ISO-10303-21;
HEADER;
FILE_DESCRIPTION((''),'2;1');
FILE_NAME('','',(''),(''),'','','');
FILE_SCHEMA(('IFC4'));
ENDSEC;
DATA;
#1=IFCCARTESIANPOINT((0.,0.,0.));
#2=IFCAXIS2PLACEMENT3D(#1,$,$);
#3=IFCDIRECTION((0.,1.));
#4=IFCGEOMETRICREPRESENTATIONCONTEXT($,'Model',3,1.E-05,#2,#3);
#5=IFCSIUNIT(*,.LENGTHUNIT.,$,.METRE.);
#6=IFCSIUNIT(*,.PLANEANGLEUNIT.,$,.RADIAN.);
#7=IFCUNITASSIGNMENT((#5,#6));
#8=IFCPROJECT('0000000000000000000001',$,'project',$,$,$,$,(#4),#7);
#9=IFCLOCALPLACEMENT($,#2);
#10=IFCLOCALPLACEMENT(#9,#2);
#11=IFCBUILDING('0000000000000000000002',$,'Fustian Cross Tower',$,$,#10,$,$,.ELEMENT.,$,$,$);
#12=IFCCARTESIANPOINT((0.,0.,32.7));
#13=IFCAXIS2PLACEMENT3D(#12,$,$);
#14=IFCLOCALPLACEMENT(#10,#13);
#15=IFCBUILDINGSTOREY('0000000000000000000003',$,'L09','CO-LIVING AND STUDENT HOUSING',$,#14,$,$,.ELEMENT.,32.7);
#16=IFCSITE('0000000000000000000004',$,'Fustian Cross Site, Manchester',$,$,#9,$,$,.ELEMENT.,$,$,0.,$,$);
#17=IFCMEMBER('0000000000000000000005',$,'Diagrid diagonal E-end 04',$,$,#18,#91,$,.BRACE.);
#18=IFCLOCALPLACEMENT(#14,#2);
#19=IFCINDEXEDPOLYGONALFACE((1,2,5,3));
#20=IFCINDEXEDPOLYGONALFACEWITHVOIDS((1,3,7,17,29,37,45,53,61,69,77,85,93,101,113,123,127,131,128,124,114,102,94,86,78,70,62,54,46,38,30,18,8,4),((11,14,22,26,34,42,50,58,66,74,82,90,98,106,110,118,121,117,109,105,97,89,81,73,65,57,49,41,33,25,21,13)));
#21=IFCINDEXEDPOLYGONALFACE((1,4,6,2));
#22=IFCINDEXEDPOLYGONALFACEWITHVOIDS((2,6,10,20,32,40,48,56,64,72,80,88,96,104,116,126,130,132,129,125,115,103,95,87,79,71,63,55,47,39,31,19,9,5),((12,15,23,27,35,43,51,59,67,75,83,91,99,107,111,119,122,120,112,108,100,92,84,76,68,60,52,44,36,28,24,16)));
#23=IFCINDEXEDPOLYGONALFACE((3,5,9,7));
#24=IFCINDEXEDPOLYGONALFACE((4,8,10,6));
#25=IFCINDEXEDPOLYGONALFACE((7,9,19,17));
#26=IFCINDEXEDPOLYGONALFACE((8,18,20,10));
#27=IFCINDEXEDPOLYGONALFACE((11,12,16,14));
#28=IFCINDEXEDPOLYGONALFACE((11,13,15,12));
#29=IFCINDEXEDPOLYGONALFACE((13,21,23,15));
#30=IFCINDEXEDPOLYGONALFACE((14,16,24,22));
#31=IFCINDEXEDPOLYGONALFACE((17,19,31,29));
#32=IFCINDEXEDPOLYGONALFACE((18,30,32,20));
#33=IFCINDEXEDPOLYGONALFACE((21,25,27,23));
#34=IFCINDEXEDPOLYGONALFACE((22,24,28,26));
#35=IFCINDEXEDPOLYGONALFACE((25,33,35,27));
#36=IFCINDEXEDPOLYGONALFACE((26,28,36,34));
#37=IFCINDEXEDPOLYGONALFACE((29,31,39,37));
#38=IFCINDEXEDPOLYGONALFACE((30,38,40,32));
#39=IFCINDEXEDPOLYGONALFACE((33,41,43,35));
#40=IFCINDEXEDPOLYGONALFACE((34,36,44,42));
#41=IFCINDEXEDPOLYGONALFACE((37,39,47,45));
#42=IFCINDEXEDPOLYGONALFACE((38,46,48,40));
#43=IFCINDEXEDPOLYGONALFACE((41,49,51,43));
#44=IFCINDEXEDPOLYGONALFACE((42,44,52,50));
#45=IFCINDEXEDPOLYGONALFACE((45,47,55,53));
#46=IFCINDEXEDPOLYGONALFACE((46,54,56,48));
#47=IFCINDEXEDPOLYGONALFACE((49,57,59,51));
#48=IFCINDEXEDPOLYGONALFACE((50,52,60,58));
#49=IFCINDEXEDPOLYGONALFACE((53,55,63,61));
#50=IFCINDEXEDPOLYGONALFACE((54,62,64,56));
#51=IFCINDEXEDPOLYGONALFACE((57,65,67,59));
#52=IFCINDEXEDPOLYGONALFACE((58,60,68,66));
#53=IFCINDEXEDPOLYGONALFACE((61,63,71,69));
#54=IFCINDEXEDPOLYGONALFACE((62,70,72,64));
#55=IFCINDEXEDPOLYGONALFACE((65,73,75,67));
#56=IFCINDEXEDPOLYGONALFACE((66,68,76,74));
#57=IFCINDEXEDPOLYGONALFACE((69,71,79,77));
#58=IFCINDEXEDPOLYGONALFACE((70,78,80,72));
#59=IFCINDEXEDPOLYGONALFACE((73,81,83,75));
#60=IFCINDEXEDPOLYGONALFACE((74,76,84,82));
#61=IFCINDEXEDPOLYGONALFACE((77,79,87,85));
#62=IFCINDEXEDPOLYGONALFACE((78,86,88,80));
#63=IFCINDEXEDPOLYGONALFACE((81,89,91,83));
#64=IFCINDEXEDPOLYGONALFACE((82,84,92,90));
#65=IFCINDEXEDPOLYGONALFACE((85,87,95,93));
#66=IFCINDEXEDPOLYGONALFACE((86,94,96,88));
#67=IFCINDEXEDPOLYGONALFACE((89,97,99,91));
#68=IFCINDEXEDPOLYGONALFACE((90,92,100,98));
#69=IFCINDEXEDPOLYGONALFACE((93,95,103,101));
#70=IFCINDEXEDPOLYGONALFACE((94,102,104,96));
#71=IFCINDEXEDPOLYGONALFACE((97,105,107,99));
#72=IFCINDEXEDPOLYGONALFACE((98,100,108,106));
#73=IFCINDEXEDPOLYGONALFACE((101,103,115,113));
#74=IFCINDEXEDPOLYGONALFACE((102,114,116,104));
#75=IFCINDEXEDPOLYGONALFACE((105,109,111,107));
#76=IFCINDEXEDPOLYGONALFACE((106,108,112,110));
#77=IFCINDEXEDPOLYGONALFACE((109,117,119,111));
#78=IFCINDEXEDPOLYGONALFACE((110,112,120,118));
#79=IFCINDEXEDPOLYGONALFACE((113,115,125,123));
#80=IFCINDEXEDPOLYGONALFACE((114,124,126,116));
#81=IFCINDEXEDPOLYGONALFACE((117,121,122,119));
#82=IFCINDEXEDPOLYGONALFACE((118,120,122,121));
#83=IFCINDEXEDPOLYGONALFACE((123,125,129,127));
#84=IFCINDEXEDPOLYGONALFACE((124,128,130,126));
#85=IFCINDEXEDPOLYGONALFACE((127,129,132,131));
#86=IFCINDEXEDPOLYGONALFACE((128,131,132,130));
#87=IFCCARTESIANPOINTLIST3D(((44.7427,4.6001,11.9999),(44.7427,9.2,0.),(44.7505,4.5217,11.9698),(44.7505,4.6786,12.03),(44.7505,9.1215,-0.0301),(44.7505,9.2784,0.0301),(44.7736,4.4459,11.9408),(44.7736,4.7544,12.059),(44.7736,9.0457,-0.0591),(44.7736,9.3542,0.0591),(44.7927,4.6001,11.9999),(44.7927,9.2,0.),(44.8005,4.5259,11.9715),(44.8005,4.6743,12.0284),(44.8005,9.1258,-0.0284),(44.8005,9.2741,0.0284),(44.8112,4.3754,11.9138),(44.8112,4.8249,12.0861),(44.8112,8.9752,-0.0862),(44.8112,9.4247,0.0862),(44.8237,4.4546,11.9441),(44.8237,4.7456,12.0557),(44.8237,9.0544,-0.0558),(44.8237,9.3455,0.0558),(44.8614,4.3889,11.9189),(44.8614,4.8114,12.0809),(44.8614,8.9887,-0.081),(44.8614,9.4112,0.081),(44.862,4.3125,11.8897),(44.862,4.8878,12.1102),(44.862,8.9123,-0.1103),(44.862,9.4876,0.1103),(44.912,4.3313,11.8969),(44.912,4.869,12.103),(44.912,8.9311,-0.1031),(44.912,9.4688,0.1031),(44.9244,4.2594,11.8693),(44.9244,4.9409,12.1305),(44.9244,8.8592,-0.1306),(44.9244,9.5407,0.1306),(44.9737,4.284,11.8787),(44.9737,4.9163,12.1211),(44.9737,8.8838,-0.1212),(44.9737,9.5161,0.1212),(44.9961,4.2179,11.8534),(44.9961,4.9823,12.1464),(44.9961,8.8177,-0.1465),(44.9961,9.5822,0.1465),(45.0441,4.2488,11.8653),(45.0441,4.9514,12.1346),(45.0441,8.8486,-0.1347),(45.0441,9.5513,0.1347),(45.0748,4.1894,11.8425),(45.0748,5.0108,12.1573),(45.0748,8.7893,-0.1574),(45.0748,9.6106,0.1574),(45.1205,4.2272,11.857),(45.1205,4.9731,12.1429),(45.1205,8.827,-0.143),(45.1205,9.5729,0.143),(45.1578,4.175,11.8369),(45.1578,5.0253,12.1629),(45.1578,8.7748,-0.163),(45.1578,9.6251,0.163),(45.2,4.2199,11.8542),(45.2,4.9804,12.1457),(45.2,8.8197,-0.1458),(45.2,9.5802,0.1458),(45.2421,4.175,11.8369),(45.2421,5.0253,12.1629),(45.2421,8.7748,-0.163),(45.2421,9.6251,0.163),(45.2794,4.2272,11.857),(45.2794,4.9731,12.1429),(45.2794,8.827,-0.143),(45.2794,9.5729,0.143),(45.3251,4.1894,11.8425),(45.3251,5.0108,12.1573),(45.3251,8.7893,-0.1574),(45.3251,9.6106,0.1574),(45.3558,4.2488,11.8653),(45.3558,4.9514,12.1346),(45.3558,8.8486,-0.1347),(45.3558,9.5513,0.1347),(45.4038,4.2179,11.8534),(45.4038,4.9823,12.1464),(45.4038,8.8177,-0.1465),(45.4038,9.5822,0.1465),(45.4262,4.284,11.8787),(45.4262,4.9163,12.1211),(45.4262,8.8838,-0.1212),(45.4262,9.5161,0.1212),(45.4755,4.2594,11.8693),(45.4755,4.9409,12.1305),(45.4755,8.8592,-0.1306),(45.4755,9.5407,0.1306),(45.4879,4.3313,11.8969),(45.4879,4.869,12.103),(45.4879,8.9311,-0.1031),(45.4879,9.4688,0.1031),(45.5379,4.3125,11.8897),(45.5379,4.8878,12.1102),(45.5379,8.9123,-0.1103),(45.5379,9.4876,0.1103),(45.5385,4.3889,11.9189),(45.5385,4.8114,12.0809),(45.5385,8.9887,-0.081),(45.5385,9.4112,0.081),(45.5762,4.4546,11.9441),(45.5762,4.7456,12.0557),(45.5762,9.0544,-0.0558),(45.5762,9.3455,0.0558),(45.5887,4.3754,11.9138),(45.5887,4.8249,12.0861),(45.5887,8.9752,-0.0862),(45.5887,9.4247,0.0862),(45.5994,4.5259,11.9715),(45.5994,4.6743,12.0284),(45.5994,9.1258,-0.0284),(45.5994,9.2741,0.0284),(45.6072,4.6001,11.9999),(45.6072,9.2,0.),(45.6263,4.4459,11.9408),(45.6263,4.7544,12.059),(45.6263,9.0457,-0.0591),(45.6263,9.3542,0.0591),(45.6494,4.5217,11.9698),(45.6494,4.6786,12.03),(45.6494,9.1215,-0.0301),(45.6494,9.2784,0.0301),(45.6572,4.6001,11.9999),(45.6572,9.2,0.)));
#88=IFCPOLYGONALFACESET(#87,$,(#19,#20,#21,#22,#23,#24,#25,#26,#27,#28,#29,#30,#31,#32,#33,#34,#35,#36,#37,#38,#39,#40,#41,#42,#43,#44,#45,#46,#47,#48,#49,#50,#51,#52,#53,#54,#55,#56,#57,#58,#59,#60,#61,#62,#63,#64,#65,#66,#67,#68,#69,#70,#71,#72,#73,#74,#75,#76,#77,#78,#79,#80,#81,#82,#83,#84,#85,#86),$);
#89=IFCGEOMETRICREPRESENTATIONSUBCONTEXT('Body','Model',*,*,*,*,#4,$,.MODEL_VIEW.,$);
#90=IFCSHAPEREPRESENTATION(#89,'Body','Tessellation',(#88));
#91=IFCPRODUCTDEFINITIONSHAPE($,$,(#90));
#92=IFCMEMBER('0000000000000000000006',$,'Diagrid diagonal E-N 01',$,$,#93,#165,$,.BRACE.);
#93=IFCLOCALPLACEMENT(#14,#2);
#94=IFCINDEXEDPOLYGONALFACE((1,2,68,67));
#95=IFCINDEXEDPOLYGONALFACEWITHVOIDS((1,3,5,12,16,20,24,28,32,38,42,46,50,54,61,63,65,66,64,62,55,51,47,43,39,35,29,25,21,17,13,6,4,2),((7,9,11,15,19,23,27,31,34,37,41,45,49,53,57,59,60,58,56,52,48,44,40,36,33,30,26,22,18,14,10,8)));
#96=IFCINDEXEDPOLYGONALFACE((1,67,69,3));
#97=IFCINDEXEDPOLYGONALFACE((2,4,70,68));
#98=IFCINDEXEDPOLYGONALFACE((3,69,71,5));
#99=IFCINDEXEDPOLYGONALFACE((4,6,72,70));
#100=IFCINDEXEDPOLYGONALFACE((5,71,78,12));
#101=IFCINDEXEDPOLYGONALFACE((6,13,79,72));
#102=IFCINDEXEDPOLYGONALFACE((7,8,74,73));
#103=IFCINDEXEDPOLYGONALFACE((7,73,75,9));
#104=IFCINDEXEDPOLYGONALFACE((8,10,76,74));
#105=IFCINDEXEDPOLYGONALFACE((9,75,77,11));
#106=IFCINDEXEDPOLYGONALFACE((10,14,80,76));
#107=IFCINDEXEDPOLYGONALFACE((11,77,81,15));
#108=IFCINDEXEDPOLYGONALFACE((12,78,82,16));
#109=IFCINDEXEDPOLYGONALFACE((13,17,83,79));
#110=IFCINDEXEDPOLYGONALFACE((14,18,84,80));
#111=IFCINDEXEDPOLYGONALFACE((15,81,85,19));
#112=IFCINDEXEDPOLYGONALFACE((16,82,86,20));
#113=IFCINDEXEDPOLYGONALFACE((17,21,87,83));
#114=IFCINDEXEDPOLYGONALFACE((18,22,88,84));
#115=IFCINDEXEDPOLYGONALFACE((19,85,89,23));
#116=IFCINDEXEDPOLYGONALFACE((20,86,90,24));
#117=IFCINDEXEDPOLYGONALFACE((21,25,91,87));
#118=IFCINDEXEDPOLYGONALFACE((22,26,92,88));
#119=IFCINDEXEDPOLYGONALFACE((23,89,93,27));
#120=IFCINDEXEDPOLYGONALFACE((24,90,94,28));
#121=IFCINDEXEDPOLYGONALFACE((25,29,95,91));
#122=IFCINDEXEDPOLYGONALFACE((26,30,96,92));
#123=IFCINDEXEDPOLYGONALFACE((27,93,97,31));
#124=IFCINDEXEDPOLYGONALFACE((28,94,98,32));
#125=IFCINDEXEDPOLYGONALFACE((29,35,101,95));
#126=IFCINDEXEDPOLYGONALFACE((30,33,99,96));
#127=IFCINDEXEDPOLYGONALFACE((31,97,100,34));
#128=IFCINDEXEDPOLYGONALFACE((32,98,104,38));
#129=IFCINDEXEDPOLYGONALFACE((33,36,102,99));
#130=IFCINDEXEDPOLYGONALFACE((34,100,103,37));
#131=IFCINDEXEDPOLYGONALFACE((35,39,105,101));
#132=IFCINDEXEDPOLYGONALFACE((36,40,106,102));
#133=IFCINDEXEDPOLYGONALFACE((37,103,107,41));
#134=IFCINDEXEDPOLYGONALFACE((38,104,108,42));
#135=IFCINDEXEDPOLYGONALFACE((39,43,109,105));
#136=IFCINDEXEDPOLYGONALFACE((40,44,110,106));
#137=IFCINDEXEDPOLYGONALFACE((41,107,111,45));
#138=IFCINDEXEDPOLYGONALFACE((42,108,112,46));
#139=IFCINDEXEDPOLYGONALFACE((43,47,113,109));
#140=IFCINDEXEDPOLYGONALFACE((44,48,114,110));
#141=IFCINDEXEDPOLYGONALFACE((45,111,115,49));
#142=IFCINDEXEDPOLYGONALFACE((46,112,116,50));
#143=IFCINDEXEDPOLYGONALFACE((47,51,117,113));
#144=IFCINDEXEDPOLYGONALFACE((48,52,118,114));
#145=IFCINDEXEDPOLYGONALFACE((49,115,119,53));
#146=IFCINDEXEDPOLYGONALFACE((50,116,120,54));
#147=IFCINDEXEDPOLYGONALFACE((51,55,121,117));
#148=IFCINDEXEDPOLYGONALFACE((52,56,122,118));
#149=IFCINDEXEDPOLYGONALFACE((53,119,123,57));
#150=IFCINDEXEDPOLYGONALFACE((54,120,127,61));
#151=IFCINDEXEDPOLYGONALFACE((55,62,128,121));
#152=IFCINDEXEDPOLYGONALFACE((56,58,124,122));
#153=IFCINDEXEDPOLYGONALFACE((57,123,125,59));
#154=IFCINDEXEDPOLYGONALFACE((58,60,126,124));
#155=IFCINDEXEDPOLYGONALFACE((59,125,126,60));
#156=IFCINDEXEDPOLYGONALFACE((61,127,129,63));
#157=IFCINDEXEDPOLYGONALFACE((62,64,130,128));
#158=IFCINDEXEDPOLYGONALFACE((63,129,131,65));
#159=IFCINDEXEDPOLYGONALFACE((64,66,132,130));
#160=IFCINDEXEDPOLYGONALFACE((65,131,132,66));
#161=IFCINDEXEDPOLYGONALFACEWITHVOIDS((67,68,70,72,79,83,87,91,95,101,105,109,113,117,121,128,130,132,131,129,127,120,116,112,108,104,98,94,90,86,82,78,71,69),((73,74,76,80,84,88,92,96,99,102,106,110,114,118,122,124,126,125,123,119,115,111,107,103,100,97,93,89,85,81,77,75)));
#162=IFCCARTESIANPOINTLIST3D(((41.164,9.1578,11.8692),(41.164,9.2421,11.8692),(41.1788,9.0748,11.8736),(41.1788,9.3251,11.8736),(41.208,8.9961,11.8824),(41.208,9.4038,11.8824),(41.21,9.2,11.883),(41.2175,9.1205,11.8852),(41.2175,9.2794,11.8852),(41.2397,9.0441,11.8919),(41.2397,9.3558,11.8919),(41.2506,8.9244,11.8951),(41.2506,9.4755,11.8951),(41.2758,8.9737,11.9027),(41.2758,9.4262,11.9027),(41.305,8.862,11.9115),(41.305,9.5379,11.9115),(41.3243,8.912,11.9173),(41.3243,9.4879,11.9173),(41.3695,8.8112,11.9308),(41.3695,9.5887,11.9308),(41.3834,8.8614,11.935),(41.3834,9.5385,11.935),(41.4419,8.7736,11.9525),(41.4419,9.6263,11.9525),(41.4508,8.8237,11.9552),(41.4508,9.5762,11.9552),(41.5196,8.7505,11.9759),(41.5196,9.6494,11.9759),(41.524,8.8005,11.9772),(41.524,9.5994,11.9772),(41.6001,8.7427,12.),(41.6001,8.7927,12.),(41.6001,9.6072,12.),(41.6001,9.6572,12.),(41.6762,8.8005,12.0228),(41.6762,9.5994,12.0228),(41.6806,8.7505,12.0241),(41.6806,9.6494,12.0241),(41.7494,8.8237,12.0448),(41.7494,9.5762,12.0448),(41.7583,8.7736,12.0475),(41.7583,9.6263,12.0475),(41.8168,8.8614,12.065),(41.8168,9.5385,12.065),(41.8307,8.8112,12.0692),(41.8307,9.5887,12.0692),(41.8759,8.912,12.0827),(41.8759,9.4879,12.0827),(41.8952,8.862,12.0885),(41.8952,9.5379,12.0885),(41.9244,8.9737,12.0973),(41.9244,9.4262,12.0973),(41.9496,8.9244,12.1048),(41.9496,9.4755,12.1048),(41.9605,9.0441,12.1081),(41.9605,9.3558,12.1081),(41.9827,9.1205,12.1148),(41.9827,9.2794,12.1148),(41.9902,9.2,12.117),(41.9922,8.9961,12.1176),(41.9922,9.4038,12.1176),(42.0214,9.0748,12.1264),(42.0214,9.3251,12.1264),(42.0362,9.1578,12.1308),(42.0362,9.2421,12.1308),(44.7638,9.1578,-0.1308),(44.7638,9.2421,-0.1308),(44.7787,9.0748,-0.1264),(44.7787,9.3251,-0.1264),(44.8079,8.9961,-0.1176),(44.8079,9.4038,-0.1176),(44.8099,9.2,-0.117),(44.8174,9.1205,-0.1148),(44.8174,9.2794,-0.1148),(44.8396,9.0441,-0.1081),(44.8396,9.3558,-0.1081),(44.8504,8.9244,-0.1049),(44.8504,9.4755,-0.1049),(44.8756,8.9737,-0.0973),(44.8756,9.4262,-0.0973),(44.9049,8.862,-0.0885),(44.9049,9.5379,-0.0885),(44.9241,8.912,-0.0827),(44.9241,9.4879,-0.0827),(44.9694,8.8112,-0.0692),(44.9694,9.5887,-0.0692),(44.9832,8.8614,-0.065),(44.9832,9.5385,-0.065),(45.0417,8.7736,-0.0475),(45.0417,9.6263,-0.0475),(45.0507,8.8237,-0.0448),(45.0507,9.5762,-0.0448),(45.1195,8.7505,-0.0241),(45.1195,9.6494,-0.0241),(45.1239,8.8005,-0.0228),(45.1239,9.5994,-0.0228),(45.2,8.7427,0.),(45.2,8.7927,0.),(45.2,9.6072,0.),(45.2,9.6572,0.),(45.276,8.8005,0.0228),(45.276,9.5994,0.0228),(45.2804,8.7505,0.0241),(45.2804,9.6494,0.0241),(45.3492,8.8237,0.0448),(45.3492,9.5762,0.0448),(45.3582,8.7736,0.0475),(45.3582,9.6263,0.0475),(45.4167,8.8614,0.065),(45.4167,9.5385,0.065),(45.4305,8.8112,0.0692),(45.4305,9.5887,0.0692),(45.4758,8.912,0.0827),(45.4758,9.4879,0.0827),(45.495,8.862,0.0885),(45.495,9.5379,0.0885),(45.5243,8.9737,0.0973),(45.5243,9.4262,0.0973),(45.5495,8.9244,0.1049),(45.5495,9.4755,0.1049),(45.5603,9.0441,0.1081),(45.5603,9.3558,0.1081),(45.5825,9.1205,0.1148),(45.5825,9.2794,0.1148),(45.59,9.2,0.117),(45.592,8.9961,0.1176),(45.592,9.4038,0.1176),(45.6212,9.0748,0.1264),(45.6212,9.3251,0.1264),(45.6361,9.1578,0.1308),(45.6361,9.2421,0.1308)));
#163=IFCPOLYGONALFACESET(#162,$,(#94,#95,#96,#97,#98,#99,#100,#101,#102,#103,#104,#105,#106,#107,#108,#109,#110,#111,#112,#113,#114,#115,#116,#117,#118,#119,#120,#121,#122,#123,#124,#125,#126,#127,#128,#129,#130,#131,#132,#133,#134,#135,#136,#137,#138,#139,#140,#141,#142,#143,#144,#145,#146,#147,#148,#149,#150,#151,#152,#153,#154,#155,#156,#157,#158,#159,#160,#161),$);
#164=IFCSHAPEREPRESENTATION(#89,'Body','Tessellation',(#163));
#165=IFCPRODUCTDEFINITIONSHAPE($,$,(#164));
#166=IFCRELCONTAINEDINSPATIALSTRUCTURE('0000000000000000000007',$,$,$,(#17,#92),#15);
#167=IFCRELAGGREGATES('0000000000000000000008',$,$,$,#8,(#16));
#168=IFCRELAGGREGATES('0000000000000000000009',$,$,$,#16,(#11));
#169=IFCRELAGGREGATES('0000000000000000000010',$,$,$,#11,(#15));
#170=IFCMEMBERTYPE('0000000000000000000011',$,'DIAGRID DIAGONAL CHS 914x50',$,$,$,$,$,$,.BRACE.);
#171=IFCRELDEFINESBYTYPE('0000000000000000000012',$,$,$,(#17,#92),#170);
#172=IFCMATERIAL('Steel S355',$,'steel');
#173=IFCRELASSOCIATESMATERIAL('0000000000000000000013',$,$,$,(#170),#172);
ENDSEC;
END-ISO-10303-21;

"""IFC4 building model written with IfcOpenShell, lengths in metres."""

from ifc_helpers import new_model, si_unit, direction, frame, origin, origin_2d, place, context, subcontext, project, spatial, hollow_circle, extrude, material, material_profile, profile_set, type_object, element, save


model = new_model("IFC4")

# Units and contexts
model_context = context("Model", 3, precision=1e-05, world=origin(), true_north=direction((0.0, 1.0)))
body_context = subcontext(model_context, "Body", "Model", "MODEL_VIEW")
ifc_project = project(units=[si_unit("LENGTHUNIT", "METRE"), si_unit("PLANEANGLEUNIT", "RADIAN")], contexts=[model_context])

# Site, building, storey
site_placement = place(None, origin())
site = spatial("IfcSite", under=ifc_project, at=site_placement, Name="Fustian Cross Site, Manchester", CompositionType="ELEMENT", RefElevation=0.0)
building_placement = place(site_placement, origin())
building = spatial("IfcBuilding", under=site, at=building_placement, Name="Fustian Cross Tower", CompositionType="ELEMENT")
storey_placement = place(building_placement, frame((0.0, 0.0, 32.7)))
storey = spatial("IfcBuildingStorey", under=building, at=storey_placement, Name="L09", Description="CO-LIVING AND STUDENT HOUSING", CompositionType="ELEMENT", Elevation=32.7)

# Members
ifc_material_1 = material(Name="Steel S355", Category="steel")
ifc_material_profile_1 = material_profile(ifc_material_1, hollow_circle(Radius=0.4573, WallThickness=0.05, at=origin_2d()), Name="CHS 914x50")
ifc_profile_set_1 = profile_set([ifc_material_profile_1], Name="Steel S355")
member_type_1 = type_object("IfcMemberType", Name="DIAGRID DIAGONAL CHS 914x50", PredefinedType="BRACE", material=ifc_profile_set_1)
member_1_placement = place(storey_placement, frame((45.2, 9.2, 0.0), z_axis=(0.0, -0.357926, 0.93375), x_axis=(1.0, 0.0, 0.0)))
element("IfcMember", 1, at=member_1_placement, inside=storey, type_object=member_type_1, Name="Diagrid diagonal E-end 04", PredefinedType="BRACE", context=body_context, shape_type="SweptSolid", body=[
    extrude(hollow_circle(Radius=0.4573, WallThickness=0.05, at=origin_2d()), origin(), (0.0, 0.0, 1.0), 12.8513),
])
for number, where, z_axis, x_axis, name in (
    (2, (45.2, 9.2, 0.0), (-0.287337, 0.0, 0.95783), (0.0, -1.0, 0.0), "Diagrid diagonal E-N 01"),
):
    element("IfcMember", number, at=place(storey_placement, frame(where, z_axis=z_axis, x_axis=x_axis)), inside=storey, type_object=member_type_1, Name=name, PredefinedType="BRACE", context=body_context, shape_type="SweptSolid", body=[
        extrude(hollow_circle(Radius=0.4573, WallThickness=0.05, at=origin_2d()), origin(), (0.0, 0.0, 1.0), 12.5283),
    ])

save(model, "model.ifc")
